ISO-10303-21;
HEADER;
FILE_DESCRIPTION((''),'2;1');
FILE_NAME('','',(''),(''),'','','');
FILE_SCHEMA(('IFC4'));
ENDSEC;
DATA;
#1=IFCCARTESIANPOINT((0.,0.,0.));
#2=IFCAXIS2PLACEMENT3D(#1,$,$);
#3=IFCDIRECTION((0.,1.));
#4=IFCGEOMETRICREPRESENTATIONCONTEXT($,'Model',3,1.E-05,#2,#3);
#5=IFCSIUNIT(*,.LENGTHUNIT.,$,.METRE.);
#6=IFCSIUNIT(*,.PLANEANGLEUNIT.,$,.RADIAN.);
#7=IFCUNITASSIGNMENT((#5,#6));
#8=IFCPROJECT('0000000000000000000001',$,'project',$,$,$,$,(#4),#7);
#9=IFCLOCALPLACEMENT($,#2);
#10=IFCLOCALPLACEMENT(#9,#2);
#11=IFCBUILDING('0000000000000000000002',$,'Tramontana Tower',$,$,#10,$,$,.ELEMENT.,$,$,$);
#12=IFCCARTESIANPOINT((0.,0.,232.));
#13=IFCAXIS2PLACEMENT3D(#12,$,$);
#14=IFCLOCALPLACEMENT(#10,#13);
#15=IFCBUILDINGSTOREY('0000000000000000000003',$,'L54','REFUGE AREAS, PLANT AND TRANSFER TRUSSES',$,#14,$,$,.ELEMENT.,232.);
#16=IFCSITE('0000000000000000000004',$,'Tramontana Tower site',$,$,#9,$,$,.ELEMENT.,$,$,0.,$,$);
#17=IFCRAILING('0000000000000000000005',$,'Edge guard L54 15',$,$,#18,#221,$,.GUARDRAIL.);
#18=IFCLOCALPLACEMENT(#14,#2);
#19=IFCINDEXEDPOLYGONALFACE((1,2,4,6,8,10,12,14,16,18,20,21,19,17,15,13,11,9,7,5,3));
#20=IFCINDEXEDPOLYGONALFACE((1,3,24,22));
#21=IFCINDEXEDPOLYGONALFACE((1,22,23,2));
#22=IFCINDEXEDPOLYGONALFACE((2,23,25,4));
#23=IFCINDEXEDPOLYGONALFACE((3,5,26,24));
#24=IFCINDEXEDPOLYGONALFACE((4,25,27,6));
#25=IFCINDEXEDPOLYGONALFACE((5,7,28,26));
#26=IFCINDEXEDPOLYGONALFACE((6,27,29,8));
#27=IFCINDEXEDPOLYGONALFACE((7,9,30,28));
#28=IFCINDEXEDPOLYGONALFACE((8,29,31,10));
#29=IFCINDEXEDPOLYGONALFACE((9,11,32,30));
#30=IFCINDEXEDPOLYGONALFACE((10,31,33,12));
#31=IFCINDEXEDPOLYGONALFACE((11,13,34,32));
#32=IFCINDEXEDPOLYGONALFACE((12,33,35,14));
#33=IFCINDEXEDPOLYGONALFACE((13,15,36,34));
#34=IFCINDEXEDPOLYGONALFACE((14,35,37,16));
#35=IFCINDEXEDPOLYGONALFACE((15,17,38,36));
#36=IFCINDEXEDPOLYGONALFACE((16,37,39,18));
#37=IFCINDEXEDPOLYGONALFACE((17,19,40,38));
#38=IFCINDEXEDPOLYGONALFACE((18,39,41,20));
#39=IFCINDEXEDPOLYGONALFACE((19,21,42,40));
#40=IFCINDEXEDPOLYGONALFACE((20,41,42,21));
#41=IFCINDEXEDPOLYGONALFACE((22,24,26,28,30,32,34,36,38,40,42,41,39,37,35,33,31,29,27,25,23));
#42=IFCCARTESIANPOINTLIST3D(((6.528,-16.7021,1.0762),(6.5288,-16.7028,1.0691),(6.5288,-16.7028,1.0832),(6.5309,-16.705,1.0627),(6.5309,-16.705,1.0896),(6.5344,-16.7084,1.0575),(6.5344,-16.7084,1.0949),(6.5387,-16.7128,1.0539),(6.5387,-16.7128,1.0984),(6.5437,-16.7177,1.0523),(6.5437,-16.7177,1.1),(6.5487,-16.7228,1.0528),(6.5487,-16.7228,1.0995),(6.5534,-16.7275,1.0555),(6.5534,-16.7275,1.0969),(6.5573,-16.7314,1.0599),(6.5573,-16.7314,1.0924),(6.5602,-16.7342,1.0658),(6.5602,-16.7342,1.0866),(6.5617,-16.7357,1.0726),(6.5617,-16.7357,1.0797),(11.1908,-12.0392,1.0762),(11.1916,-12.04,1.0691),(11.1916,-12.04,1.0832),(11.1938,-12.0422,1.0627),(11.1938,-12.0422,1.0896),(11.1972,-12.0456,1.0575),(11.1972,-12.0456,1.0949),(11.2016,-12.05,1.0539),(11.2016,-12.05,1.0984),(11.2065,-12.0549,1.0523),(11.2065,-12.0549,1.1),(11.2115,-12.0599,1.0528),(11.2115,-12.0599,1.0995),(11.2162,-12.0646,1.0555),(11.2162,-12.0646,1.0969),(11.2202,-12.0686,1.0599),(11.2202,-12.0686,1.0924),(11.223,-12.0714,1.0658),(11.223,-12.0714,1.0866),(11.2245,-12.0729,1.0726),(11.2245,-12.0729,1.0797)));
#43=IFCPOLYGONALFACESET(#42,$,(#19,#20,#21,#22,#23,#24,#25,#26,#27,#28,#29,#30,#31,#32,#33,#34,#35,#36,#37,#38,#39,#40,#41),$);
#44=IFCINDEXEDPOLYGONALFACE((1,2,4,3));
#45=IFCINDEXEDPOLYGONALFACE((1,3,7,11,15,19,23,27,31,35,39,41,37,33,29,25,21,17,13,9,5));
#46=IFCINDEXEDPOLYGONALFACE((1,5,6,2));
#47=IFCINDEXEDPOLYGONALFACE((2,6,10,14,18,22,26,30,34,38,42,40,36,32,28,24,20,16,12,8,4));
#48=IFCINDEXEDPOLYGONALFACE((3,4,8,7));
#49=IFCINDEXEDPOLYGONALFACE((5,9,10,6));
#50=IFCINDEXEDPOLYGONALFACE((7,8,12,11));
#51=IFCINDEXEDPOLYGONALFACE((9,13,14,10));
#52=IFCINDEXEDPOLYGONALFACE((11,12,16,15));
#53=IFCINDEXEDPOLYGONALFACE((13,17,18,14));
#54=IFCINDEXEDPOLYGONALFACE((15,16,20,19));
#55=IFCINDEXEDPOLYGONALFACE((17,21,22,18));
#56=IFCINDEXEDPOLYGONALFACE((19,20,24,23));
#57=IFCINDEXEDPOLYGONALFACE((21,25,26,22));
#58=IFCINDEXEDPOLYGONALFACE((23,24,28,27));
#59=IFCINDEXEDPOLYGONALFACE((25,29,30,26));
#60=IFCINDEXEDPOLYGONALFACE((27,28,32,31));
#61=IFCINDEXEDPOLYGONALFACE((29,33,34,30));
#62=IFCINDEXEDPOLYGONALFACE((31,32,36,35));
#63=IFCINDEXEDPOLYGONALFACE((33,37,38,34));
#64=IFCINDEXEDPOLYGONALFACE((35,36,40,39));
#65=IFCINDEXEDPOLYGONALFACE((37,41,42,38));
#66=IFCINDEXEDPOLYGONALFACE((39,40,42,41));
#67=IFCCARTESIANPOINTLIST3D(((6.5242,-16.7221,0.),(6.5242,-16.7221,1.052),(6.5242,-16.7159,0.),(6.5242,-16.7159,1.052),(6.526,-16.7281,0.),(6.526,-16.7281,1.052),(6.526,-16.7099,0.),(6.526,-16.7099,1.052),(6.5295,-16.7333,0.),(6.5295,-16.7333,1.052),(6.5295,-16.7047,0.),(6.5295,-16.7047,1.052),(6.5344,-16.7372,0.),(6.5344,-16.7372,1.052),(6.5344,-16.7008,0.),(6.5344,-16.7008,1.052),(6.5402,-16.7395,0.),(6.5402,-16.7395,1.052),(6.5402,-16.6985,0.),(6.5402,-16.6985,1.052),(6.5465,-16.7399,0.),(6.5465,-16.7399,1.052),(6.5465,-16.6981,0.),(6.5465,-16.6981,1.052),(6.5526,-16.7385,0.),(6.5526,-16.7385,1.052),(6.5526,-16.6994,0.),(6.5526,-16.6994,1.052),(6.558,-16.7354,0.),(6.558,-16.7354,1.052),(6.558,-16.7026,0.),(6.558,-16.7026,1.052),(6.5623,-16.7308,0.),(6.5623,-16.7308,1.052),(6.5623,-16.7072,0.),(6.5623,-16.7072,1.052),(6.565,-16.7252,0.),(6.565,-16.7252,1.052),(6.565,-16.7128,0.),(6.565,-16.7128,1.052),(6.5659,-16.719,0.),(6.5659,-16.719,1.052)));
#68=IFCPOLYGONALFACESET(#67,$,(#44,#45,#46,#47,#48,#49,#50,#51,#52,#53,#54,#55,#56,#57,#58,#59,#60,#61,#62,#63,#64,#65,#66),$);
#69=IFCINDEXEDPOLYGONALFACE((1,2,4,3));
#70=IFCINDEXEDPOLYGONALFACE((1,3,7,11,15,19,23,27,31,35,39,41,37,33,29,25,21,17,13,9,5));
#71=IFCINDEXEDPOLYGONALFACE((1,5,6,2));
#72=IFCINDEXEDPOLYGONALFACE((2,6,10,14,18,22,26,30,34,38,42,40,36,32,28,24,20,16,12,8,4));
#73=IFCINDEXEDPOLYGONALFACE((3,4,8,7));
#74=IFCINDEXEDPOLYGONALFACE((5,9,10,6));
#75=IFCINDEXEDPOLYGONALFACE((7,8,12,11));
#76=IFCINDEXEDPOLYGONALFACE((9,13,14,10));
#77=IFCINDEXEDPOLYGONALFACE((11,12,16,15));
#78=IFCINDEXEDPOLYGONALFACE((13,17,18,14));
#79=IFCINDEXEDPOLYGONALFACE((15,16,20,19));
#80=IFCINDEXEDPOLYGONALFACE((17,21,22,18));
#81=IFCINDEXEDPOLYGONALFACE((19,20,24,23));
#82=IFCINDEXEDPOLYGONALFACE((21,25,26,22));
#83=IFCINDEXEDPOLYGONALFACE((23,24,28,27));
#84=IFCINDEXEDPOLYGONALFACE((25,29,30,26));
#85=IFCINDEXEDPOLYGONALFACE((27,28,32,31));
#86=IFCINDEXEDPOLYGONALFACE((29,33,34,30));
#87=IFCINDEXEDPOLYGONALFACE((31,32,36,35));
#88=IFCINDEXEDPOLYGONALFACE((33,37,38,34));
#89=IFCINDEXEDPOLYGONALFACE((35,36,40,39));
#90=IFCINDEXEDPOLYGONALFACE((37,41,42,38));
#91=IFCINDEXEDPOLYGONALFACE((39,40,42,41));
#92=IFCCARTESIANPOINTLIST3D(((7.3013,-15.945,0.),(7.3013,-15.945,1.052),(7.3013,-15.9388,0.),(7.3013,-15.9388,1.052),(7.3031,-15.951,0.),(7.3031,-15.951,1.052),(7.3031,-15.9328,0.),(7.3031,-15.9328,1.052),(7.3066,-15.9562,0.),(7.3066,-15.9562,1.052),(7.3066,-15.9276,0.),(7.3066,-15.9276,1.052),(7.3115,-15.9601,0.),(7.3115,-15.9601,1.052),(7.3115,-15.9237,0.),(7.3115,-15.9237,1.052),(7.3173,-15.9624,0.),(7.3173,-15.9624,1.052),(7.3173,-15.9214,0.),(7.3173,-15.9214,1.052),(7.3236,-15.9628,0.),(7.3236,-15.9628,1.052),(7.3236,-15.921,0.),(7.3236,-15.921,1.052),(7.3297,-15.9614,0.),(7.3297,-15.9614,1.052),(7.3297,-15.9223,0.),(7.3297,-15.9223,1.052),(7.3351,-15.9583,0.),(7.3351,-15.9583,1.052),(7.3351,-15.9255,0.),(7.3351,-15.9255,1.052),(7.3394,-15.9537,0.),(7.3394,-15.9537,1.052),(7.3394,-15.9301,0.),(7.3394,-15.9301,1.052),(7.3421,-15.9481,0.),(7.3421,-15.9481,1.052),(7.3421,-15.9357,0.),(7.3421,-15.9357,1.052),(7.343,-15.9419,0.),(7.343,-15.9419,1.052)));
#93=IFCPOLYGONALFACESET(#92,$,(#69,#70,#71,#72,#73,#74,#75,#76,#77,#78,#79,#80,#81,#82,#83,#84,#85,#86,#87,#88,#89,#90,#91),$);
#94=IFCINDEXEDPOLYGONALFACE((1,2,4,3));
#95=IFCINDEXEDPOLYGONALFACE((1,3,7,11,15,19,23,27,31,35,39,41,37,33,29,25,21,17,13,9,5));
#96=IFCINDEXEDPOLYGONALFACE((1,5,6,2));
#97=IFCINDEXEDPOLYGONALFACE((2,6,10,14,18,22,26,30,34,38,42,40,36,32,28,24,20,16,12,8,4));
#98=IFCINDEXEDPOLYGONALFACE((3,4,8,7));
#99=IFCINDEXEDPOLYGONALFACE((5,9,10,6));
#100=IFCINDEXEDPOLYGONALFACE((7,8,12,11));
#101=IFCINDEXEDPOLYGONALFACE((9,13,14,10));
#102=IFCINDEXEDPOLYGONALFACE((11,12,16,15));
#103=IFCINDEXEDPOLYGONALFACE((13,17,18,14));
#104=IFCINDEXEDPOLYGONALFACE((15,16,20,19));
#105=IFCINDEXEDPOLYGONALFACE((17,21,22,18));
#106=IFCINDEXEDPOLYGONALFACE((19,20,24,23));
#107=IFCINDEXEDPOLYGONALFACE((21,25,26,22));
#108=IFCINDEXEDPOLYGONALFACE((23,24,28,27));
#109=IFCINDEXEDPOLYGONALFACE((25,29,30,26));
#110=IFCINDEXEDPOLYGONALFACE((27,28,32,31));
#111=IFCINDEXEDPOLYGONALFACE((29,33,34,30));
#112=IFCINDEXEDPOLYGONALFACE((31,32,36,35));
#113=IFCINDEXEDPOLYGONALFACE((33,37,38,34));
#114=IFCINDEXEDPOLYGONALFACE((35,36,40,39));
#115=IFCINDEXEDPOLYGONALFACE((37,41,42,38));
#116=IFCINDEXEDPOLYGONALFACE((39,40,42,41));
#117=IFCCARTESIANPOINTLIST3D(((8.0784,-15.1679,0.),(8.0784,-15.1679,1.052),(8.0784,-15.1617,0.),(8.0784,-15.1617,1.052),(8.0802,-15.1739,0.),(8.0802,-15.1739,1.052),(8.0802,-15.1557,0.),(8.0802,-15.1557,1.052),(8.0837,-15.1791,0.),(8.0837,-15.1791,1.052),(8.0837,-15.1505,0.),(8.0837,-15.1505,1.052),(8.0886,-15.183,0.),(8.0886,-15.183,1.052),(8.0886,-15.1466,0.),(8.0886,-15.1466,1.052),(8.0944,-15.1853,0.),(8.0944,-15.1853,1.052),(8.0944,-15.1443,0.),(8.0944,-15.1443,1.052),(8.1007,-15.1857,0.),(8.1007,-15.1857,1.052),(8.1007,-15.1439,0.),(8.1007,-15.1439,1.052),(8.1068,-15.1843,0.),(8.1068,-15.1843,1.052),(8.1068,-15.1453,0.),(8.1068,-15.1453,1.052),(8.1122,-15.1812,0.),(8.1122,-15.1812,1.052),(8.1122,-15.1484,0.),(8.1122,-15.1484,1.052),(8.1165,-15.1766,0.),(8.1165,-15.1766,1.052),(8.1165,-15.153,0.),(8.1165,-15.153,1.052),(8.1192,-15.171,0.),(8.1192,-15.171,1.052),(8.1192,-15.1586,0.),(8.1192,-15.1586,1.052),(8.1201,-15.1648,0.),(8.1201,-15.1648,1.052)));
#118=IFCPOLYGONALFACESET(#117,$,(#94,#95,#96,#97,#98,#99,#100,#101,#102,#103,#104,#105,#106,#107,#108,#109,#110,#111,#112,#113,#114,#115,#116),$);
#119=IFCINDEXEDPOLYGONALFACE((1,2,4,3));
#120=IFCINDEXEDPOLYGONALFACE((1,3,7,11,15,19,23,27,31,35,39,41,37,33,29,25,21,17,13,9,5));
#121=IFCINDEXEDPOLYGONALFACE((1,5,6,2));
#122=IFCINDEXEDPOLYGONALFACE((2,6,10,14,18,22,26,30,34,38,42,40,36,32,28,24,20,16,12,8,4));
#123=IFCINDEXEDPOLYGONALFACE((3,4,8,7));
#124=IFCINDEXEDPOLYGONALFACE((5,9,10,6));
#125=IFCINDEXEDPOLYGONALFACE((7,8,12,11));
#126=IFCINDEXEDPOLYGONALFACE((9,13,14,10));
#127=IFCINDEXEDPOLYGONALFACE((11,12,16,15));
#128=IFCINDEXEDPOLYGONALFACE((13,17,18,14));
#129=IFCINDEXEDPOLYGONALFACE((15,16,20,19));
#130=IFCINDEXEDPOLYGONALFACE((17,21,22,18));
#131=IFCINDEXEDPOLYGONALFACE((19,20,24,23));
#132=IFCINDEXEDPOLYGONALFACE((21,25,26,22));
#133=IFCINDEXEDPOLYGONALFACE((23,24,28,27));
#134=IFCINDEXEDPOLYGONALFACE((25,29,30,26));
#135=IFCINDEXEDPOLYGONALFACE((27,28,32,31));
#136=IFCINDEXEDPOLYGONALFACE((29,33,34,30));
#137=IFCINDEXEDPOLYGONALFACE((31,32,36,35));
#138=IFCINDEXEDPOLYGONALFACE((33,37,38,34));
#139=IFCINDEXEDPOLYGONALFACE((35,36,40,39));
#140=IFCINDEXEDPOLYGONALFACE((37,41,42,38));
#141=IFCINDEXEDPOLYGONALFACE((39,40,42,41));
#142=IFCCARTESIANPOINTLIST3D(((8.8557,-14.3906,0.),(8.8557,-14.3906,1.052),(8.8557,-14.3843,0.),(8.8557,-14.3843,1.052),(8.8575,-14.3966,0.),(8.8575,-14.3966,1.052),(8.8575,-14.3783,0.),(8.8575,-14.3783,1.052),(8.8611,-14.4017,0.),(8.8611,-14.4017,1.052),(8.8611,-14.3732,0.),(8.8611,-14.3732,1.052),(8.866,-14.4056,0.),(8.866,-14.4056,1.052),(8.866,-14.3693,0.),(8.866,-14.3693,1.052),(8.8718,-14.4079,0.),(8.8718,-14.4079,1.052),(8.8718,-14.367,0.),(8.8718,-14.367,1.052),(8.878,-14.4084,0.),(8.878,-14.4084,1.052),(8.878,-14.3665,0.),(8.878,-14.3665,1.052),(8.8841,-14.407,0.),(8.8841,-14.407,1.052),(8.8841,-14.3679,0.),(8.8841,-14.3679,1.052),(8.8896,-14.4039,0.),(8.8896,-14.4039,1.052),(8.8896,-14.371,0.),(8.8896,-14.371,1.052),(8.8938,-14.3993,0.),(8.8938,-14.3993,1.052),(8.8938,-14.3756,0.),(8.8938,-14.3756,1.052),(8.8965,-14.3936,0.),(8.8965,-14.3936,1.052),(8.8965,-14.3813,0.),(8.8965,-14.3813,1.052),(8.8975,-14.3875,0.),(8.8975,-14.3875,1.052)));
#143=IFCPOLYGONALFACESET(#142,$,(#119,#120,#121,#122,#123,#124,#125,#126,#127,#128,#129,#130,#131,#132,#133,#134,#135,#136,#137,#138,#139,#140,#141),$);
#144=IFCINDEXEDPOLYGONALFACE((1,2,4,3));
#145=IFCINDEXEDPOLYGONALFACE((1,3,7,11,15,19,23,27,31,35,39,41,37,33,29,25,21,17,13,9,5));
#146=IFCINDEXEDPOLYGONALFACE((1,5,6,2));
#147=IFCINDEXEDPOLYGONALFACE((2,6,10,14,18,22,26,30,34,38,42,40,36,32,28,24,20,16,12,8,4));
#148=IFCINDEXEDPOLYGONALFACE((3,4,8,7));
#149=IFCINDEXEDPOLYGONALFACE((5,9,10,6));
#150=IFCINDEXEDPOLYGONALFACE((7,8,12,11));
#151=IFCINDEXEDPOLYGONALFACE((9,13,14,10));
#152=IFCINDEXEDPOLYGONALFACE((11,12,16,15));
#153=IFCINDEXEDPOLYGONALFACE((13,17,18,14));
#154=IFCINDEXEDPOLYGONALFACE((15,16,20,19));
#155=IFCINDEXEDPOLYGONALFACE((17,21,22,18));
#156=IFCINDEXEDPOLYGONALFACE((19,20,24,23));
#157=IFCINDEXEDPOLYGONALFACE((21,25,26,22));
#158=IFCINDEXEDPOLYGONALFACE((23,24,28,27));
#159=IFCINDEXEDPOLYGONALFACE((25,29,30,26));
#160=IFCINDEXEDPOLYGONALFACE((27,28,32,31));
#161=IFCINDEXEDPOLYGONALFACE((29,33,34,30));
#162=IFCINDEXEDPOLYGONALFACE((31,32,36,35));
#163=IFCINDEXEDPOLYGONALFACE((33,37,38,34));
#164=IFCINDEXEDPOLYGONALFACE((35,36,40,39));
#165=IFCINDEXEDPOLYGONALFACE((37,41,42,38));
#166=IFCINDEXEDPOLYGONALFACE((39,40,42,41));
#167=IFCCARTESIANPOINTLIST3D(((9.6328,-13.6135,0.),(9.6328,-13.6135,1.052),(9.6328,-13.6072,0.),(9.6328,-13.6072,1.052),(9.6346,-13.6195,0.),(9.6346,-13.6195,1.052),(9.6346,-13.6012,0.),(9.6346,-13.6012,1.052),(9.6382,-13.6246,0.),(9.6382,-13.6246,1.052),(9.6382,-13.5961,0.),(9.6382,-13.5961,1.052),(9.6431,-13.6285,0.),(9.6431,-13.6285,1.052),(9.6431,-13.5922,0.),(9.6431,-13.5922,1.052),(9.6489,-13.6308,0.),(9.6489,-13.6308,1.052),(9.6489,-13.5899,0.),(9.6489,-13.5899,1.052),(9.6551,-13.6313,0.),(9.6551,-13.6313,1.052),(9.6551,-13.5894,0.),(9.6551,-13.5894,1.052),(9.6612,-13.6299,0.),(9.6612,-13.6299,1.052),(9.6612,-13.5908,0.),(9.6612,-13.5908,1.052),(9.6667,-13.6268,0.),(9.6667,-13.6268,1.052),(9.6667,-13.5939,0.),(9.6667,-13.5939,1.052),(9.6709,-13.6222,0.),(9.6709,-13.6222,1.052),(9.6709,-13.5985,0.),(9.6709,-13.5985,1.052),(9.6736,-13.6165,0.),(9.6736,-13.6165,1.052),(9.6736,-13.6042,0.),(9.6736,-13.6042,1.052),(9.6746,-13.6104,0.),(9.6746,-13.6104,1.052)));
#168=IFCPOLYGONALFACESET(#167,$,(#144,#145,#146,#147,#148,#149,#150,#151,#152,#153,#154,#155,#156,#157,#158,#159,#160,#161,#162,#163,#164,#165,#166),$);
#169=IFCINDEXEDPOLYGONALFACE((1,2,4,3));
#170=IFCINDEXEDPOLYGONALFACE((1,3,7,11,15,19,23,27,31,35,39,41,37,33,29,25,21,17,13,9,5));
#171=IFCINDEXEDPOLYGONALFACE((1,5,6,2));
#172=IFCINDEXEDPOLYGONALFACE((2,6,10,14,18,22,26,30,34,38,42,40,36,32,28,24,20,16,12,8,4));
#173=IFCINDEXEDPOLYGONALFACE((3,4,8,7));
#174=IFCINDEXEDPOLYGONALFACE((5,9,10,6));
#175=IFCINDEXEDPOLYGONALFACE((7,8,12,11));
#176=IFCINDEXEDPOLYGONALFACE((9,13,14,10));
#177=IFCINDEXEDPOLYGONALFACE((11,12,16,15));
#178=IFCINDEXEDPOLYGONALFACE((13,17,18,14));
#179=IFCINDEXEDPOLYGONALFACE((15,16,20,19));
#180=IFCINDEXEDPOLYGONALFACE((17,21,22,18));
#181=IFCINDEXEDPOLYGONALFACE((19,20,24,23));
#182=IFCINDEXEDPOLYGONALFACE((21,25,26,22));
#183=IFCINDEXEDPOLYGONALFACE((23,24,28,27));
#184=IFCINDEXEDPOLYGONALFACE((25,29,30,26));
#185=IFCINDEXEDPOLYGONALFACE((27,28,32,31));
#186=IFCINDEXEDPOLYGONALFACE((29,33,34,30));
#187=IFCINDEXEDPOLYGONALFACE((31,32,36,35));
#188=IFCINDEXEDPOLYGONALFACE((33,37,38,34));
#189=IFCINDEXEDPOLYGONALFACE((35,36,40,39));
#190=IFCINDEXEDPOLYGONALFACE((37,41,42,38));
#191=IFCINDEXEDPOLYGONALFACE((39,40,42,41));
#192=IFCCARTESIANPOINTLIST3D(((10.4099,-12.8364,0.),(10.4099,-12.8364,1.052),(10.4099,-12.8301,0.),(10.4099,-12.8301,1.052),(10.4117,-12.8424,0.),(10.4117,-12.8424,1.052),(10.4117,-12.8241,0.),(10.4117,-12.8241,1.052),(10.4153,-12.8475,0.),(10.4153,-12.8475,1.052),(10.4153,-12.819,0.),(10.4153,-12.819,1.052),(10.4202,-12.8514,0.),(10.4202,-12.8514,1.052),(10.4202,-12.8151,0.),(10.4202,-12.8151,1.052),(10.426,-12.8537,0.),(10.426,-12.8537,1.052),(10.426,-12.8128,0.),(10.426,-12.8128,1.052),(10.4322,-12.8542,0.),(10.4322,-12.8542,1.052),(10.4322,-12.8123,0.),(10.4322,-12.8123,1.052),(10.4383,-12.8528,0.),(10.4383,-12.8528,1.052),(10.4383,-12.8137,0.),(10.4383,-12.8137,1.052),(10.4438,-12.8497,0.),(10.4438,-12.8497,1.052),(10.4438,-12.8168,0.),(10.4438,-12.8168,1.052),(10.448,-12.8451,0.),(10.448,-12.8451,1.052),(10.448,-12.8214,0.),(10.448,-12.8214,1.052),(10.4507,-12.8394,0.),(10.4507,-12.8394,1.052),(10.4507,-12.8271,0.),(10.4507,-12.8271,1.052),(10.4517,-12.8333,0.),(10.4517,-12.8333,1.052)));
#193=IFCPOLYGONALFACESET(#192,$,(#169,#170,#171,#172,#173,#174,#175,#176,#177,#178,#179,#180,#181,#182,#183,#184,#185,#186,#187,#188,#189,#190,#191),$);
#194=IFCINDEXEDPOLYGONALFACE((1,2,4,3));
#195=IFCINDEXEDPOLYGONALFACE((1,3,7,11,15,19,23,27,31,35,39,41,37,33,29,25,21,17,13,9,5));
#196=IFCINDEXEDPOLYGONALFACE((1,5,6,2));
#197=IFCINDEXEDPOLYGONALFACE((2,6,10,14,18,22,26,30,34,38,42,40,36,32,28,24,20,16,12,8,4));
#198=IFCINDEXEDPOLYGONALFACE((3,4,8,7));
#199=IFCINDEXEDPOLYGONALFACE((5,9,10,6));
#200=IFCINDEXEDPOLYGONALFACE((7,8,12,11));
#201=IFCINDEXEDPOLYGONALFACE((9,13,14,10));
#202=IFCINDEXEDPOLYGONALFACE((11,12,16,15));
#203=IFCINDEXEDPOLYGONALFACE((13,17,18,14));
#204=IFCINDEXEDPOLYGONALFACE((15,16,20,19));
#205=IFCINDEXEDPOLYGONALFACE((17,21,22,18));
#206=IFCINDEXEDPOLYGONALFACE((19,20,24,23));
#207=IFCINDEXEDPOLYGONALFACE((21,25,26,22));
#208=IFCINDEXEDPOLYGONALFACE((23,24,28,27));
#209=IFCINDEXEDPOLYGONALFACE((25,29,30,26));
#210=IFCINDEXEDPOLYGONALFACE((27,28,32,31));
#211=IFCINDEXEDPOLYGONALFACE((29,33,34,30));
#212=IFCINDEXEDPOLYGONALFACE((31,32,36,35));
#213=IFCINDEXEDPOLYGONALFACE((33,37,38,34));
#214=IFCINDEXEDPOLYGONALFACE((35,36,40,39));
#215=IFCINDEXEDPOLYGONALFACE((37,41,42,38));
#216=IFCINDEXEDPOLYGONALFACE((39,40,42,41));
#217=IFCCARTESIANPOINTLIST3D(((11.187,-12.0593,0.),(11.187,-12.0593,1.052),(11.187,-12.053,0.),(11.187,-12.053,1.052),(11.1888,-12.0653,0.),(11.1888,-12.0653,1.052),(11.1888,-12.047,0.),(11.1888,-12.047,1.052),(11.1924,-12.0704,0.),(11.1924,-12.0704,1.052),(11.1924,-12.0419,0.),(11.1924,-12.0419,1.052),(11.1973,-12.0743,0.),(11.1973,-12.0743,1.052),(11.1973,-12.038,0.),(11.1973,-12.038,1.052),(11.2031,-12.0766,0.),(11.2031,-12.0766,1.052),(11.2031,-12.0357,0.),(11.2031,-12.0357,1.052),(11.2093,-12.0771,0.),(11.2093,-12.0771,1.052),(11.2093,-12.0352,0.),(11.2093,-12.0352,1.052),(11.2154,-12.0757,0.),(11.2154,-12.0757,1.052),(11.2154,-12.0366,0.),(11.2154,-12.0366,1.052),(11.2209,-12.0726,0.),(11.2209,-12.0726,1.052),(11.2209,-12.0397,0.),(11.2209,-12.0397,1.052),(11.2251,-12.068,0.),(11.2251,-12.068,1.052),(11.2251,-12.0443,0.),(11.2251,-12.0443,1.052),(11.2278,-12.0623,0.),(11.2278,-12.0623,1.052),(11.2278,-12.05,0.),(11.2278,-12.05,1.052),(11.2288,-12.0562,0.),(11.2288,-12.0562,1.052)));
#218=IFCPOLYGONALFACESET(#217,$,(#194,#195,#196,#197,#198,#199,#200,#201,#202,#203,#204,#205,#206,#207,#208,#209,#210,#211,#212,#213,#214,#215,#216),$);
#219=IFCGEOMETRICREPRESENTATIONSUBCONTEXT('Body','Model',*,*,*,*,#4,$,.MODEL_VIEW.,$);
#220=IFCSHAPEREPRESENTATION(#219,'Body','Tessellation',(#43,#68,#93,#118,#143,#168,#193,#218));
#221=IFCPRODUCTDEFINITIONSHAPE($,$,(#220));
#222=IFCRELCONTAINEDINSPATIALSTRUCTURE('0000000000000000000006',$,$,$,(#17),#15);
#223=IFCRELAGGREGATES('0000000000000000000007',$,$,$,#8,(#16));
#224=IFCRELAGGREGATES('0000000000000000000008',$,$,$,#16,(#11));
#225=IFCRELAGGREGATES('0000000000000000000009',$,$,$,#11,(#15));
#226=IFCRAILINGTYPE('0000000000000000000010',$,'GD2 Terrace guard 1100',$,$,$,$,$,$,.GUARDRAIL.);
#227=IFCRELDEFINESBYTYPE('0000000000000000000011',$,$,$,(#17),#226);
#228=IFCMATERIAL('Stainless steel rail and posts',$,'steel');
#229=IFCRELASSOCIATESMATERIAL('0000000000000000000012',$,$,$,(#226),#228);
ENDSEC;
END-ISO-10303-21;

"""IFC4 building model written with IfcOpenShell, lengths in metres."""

from ifc_helpers import new_model, si_unit, direction, frame, origin, origin_2d, place, context, subcontext, project, spatial, circle, extrude, material, type_object, element, save


model = new_model("IFC4")

# Units and contexts
model_context = context("Model", 3, precision=1e-05, world=origin(), true_north=direction((0.0, 1.0)))
body_context = subcontext(model_context, "Body", "Model", "MODEL_VIEW")
ifc_project = project(units=[si_unit("LENGTHUNIT", "METRE"), si_unit("PLANEANGLEUNIT", "RADIAN")], contexts=[model_context])

# Site, building, storey
site_placement = place(None, origin())
site = spatial("IfcSite", under=ifc_project, at=site_placement, Name="Tramontana Tower site", CompositionType="ELEMENT", RefElevation=0.0)
building_placement = place(site_placement, origin())
building = spatial("IfcBuilding", under=site, at=building_placement, Name="Tramontana Tower", CompositionType="ELEMENT")
storey_placement = place(building_placement, frame((0.0, 0.0, 232.0)))
storey = spatial("IfcBuildingStorey", under=building, at=storey_placement, Name="L54", Description="REFUGE AREAS, PLANT AND TRANSFER TRUSSES", CompositionType="ELEMENT", Elevation=232.0)

# Railing
ifc_material_1 = material(Name="Stainless steel rail and posts", Category="steel")
railing_type = type_object("IfcRailingType", Name="GD2 Terrace guard 1100", PredefinedType="GUARDRAIL", material=ifc_material_1)
railing_1_placement = place(storey_placement, frame((6.5449, -16.719, 0.0)))
element("IfcRailing", 1, at=railing_1_placement, inside=storey, type_object=railing_type, Name="Edge guard L54 15", PredefinedType="GUARDRAIL", context=body_context, shape_type="SweptSolid", body=[
    extrude(circle(Radius=0.0239, at=origin_2d()), frame((0.0, 0.0, 1.0762), z_axis=(0.707107, 0.707107, 0.0), x_axis=(-0.707107, 0.707107, 0.0)), (0.0, 0.0, 1.0), 6.5942),
    extrude(circle(Radius=0.021, at=origin_2d()), origin(), (0.0, 0.0, 1.0), 1.052),
    extrude(circle(Radius=0.021, at=origin_2d()), frame((0.7771, 0.7771, 0.0)), (0.0, 0.0, 1.0), 1.052),
    extrude(circle(Radius=0.021, at=origin_2d()), frame((1.5542, 1.5542, 0.0)), (0.0, 0.0, 1.0), 1.052),
    extrude(circle(Radius=0.021, at=origin_2d()), frame((2.3315, 2.3315, 0.0)), (0.0, 0.0, 1.0), 1.052),
    extrude(circle(Radius=0.021, at=origin_2d()), frame((3.1086, 3.1086, 0.0)), (0.0, 0.0, 1.0), 1.052),
    extrude(circle(Radius=0.021, at=origin_2d()), frame((3.8857, 3.8857, 0.0)), (0.0, 0.0, 1.0), 1.052),
    extrude(circle(Radius=0.021, at=origin_2d()), frame((4.6628, 4.6628, 0.0)), (0.0, 0.0, 1.0), 1.052),
])

save(model, "model.ifc")
